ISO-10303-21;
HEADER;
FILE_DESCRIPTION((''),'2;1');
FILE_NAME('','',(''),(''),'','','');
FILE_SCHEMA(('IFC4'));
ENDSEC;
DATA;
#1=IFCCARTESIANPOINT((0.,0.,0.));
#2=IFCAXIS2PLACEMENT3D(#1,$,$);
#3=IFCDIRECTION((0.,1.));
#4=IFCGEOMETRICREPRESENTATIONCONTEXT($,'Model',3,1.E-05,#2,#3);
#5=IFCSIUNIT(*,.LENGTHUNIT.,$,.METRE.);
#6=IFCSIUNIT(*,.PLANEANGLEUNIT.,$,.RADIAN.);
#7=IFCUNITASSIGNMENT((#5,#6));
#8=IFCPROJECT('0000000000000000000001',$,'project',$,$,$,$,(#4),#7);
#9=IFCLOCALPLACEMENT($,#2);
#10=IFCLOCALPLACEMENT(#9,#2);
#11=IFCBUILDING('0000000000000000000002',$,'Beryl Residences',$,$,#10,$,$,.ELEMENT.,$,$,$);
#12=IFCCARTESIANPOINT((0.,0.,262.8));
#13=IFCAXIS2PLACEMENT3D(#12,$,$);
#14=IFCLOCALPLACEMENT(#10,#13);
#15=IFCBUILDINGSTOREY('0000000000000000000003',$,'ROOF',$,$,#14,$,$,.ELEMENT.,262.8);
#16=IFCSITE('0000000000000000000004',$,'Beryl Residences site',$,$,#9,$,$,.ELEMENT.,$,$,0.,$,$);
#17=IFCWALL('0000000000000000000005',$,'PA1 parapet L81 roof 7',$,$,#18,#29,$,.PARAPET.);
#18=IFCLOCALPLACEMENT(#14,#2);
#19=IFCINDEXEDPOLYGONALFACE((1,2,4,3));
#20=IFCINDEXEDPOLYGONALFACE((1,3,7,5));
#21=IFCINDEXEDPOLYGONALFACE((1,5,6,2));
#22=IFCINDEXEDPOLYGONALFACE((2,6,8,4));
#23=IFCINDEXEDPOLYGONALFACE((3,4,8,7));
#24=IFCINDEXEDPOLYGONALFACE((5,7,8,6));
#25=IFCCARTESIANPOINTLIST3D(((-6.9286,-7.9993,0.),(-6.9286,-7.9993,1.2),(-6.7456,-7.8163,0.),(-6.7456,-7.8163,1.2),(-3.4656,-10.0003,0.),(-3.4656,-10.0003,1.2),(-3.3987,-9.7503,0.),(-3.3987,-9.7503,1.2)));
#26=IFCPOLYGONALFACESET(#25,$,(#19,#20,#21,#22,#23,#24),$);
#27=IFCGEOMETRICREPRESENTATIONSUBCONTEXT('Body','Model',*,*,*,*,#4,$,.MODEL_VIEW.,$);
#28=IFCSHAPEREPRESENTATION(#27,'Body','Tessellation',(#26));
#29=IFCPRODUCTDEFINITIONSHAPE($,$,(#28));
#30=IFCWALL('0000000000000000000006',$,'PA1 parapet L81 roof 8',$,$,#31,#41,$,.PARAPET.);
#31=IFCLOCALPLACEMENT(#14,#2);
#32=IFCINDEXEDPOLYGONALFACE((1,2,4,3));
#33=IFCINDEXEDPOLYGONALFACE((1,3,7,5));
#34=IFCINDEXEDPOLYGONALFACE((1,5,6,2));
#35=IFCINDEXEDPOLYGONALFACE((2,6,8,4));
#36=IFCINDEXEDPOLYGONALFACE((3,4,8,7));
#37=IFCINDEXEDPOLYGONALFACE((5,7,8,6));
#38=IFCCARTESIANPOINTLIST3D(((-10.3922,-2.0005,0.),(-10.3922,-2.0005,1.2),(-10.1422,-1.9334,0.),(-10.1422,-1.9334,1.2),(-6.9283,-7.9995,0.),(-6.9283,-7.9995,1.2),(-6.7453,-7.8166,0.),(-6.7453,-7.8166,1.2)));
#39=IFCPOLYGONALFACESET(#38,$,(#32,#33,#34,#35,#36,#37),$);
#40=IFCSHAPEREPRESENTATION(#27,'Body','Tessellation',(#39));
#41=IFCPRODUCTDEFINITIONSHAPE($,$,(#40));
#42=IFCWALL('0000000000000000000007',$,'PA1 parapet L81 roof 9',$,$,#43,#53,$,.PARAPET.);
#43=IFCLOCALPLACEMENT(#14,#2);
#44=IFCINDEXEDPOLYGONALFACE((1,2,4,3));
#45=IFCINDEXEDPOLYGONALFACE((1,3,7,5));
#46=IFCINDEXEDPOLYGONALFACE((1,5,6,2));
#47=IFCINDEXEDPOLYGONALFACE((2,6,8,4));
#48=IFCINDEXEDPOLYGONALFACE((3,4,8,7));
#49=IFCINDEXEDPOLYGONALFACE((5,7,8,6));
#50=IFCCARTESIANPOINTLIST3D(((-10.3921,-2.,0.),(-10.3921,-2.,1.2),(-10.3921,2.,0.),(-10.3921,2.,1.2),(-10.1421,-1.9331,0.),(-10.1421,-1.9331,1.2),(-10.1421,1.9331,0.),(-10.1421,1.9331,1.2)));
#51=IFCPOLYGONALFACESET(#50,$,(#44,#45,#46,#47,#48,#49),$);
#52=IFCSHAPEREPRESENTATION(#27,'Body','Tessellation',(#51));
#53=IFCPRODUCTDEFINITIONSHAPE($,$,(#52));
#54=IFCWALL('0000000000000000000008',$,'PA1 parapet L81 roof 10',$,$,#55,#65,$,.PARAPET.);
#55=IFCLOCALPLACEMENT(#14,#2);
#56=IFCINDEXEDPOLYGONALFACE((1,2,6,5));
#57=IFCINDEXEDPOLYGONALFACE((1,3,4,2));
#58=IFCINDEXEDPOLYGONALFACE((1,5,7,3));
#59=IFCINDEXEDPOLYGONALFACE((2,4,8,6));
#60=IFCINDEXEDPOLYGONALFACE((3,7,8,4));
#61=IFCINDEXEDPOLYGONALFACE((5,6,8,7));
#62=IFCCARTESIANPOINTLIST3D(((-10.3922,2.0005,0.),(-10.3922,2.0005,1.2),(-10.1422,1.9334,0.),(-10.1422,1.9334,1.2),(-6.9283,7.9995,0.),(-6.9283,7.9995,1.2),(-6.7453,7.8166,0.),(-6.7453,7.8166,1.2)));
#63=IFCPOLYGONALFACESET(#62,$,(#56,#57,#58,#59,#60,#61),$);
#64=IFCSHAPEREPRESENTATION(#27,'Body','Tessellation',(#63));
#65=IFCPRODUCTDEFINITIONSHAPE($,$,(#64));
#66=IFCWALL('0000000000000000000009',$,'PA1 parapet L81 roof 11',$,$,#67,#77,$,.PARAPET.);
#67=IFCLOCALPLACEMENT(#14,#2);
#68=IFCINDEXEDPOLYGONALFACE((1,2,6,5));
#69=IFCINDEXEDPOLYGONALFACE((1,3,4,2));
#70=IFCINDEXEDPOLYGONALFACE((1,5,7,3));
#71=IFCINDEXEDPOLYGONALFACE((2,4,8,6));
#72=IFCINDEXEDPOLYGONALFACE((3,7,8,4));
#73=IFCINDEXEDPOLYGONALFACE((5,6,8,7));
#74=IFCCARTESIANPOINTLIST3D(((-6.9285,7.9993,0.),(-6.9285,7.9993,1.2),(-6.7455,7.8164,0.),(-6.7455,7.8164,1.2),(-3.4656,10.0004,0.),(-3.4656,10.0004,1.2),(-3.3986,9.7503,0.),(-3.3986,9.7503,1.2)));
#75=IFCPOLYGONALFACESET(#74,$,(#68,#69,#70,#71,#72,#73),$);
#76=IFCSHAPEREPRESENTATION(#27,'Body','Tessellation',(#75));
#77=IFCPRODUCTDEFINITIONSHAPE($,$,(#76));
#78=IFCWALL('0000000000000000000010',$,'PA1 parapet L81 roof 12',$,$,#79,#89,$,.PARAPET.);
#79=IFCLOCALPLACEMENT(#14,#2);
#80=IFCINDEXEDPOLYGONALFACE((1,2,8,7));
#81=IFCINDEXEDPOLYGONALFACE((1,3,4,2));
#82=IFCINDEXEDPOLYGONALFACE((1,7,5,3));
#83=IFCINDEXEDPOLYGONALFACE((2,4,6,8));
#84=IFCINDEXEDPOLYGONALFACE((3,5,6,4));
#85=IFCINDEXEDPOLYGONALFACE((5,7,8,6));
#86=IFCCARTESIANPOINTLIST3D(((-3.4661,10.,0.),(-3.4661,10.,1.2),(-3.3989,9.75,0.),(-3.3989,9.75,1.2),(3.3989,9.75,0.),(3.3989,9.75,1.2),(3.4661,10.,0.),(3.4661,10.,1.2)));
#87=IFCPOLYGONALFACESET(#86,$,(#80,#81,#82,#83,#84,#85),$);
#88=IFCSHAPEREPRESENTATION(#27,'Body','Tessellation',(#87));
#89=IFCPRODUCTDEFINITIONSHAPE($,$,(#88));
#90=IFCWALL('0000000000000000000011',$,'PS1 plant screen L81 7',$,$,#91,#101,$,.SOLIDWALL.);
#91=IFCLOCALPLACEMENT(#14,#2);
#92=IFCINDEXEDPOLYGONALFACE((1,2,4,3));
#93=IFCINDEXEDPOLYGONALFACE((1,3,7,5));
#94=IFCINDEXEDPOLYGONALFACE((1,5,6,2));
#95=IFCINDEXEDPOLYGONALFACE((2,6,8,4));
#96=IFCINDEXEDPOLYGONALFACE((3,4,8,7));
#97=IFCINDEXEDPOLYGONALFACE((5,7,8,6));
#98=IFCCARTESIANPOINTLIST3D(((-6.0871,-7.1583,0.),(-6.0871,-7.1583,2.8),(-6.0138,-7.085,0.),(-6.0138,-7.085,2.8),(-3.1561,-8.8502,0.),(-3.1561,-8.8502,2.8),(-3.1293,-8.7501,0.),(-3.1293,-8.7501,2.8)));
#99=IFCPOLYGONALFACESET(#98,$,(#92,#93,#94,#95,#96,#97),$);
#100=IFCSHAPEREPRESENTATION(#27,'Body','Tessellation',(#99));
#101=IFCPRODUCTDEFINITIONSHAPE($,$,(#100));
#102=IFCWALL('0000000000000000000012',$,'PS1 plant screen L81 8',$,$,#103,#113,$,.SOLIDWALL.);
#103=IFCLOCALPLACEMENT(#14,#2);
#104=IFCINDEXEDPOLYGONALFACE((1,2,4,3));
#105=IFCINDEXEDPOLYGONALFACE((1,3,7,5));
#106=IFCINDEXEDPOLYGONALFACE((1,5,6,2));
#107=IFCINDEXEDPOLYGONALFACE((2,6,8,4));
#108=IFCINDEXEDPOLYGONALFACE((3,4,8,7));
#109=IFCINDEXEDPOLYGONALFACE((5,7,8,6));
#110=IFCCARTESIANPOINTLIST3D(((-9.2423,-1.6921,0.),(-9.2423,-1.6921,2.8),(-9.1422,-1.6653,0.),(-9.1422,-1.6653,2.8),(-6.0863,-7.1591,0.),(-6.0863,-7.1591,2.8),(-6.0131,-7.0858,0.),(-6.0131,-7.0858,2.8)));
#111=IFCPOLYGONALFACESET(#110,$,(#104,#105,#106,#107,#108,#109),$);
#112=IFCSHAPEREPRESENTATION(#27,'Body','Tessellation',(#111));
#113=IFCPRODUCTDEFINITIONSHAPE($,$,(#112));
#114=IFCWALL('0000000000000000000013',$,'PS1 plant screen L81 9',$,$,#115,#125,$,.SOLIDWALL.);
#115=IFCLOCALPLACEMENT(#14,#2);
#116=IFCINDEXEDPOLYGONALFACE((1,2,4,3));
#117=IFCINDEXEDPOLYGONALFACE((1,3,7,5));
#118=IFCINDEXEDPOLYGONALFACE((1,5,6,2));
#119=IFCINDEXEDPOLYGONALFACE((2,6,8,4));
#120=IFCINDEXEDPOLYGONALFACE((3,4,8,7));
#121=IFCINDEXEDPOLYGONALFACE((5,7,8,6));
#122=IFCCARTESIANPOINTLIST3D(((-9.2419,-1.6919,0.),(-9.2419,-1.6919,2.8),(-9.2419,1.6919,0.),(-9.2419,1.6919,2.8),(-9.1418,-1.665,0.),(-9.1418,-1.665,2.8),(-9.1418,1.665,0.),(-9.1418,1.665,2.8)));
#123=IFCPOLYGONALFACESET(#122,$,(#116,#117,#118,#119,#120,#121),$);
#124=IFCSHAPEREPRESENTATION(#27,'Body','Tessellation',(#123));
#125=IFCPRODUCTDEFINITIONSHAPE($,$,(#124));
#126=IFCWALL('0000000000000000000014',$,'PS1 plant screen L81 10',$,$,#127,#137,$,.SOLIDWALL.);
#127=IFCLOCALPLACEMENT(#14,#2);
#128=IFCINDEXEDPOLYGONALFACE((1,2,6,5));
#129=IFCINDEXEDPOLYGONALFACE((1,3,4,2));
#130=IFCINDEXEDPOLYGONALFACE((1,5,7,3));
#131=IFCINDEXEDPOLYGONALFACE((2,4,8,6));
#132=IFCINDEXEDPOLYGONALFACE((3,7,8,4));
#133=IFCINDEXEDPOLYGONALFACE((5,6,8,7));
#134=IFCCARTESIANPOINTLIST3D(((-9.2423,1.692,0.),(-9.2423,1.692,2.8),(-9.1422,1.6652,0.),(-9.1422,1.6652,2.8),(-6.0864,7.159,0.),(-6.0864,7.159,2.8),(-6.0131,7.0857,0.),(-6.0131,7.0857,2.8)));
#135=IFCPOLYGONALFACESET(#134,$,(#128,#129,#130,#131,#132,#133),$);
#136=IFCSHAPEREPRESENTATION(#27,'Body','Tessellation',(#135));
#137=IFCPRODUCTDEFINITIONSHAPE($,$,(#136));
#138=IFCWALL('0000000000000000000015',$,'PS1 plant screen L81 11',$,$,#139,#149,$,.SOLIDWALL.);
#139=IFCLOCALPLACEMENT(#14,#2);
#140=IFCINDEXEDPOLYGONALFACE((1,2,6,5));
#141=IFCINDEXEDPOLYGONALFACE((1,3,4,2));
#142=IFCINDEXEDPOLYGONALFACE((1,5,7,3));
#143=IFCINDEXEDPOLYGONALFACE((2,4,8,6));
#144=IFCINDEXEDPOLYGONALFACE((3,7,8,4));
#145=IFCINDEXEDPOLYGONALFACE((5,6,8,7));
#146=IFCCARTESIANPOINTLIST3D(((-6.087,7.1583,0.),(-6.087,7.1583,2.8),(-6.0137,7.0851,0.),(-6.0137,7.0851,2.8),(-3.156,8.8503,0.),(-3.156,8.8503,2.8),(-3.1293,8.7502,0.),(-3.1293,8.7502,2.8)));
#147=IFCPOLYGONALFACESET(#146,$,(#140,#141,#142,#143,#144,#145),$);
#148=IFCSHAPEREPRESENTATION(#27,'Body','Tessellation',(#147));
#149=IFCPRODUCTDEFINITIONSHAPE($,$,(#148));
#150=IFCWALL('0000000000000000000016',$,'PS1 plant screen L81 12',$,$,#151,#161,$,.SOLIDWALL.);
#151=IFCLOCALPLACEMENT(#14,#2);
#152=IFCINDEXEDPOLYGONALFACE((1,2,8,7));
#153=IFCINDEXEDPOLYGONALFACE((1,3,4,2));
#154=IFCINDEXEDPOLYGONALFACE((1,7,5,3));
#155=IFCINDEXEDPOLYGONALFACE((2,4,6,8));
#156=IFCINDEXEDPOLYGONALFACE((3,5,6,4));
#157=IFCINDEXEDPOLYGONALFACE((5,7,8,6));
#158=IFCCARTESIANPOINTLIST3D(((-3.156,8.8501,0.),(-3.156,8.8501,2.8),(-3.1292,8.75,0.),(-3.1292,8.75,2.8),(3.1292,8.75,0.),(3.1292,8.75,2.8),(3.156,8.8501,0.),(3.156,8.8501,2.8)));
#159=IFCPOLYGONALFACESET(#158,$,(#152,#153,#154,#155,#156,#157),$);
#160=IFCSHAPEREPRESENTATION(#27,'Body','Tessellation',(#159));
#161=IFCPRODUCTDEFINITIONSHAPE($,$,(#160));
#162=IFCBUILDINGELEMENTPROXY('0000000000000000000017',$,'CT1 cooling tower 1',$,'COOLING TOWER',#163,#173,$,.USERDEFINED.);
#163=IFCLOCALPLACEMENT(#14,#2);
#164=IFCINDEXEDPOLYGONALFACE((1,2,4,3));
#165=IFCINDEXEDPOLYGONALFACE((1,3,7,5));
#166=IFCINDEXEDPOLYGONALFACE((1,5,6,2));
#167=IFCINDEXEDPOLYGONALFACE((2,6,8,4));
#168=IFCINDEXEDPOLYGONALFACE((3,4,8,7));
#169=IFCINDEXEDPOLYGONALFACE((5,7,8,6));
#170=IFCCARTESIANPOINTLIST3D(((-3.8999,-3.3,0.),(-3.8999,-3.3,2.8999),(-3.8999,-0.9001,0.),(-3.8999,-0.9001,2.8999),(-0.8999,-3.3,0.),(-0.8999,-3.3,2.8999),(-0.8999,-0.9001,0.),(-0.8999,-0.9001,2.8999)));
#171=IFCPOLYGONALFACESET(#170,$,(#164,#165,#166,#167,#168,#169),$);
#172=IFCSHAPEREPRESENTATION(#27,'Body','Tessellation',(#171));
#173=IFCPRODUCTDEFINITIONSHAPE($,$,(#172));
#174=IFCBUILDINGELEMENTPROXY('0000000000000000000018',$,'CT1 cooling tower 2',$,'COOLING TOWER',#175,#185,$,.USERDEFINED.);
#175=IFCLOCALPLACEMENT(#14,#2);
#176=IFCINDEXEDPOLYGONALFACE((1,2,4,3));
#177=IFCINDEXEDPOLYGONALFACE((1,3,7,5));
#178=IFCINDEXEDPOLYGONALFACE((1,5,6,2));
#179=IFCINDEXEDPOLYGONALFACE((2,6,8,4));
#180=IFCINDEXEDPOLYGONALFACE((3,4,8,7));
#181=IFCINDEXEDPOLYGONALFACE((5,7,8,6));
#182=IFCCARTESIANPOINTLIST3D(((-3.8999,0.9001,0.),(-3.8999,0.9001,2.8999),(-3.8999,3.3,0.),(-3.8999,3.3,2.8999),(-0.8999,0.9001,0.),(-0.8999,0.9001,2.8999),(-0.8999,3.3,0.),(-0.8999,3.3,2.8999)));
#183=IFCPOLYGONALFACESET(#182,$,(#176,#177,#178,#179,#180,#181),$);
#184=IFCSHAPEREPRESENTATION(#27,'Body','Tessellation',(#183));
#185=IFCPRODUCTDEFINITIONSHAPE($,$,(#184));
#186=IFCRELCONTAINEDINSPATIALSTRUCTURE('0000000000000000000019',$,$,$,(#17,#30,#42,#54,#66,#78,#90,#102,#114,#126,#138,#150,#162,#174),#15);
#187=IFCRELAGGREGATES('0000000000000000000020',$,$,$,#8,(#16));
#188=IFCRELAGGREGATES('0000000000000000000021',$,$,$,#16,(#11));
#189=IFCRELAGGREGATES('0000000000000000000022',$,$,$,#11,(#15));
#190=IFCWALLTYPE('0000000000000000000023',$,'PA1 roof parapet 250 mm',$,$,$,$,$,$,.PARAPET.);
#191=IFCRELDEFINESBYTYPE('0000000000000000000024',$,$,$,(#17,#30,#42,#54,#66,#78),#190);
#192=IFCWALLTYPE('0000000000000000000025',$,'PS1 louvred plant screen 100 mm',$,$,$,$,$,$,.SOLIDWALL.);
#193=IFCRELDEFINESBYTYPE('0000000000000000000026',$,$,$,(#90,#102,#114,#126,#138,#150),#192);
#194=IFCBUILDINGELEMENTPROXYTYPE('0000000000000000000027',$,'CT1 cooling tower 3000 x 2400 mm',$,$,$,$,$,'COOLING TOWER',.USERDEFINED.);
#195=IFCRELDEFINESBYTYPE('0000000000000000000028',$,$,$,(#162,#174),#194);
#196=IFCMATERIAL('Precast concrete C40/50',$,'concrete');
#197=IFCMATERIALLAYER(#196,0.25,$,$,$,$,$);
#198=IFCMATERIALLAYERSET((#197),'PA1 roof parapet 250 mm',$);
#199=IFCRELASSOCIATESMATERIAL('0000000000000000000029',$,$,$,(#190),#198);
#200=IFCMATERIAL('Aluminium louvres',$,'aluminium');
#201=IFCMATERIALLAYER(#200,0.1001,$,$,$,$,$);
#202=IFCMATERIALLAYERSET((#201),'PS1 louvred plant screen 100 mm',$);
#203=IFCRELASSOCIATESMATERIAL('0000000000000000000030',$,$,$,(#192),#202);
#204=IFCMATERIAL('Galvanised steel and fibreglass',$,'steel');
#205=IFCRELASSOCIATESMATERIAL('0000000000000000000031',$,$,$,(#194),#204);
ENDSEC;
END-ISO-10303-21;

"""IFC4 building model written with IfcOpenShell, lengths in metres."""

from ifc_helpers import new_model, si_unit, direction, frame, origin, origin_2d, place, context, subcontext, project, spatial, polyline, rectangle, outline, extrude, material, layer, layer_set, type_object, element, save


model = new_model("IFC4")

# Units and contexts
model_context = context("Model", 3, precision=1e-05, world=origin(), true_north=direction((0.0, 1.0)))
body_context = subcontext(model_context, "Body", "Model", "MODEL_VIEW")
ifc_project = project(units=[si_unit("LENGTHUNIT", "METRE"), si_unit("PLANEANGLEUNIT", "RADIAN")], contexts=[model_context])

# Site, building, storey
site_placement = place(None, origin())
site = spatial("IfcSite", under=ifc_project, at=site_placement, Name="Beryl Residences site", CompositionType="ELEMENT", RefElevation=0.0)
building_placement = place(site_placement, origin())
building = spatial("IfcBuilding", under=site, at=building_placement, Name="Beryl Residences", CompositionType="ELEMENT")
storey_placement = place(building_placement, frame((0.0, 0.0, 262.8)))
storey = spatial("IfcBuildingStorey", under=building, at=storey_placement, Name="ROOF", CompositionType="ELEMENT", Elevation=262.8)

# Walls
ifc_material_1 = material(Name="Precast concrete C40/50", Category="concrete")
ifc_layer_1 = layer(ifc_material_1, 0.25)
ifc_layer_set_1 = layer_set([ifc_layer_1], Name="PA1 roof parapet 250 mm")
wall_type_1 = type_object("IfcWallType", Name="PA1 roof parapet 250 mm", PredefinedType="PARAPET", material=ifc_layer_set_1)
wall_1_placement = place(storey_placement, frame((-3.4031, -9.8921, 0.0), z_axis=(0.0, 0.0, 1.0), x_axis=(-0.865844, 0.500314, 0.0)))
element("IfcWall", 1, at=wall_1_placement, inside=storey, type_object=wall_type_1, Name="PA1 parapet L81 roof 7", PredefinedType="PARAPET", context=body_context, shape_type="SweptSolid", body=[
    extrude(outline(polyline([(0.0671, -0.125), (3.9326, -0.125), (3.9995, 0.125), (0.0, 0.125), (0.0671, -0.125)])), origin(), (0.0, 0.0, 1.0), 1.2),
])
wall_2_placement = place(storey_placement, frame((-6.8201, -7.937, 0.0), z_axis=(0.0, 0.0, 1.0), x_axis=(-0.500036, 0.866005, 0.0)))
element("IfcWall", 2, at=wall_2_placement, inside=storey, type_object=wall_type_1, Name="PA1 parapet L81 roof 8", PredefinedType="PARAPET", context=body_context, shape_type="SweptSolid", body=[
    extrude(outline(polyline([(0.0669, -0.125), (6.8604, -0.125), (6.9272, 0.125), (0.0, 0.125), (0.0669, -0.125)])), origin(), (0.0, 0.0, 1.0), 1.2),
])
wall_3_placement = place(storey_placement, frame((-10.2671, -2.0, 0.0), z_axis=(0.0, 0.0, 1.0), x_axis=(0.0, 1.0, 0.0)))
element("IfcWall", 3, at=wall_3_placement, inside=storey, type_object=wall_type_1, Name="PA1 parapet L81 roof 9", PredefinedType="PARAPET", context=body_context, shape_type="SweptSolid", body=[
    extrude(outline(polyline([(0.0669, -0.125), (3.9331, -0.125), (4.0, 0.125), (0.0, 0.125), (0.0669, -0.125)])), origin(), (0.0, 0.0, 1.0), 1.2),
])
wall_4_placement = place(storey_placement, frame((-10.2839, 1.938, 0.0), z_axis=(0.0, 0.0, 1.0), x_axis=(0.500036, 0.866005, 0.0)))
element("IfcWall", 4, at=wall_4_placement, inside=storey, type_object=wall_type_1, Name="PA1 parapet L81 roof 10", PredefinedType="PARAPET", context=body_context, shape_type="SweptSolid", body=[
    extrude(outline(polyline([(0.0669, -0.125), (6.8604, -0.125), (6.9272, 0.125), (0.0, 0.125), (0.0669, -0.125)])), origin(), (0.0, 0.0, 1.0), 1.2),
])
wall_5_placement = place(storey_placement, frame((-6.866, 7.8911, 0.0), z_axis=(0.0, 0.0, 1.0), x_axis=(0.865844, 0.500314, 0.0)))
element("IfcWall", 5, at=wall_5_placement, inside=storey, type_object=wall_type_1, Name="PA1 parapet L81 roof 11", PredefinedType="PARAPET", context=body_context, shape_type="SweptSolid", body=[
    extrude(outline(polyline([(0.0669, -0.125), (3.9324, -0.125), (3.9995, 0.125), (0.0, 0.125), (0.0669, -0.125)])), origin(), (0.0, 0.0, 1.0), 1.2),
])
wall_6_placement = place(storey_placement, frame((-3.4661, 9.875, 0.0), z_axis=(0.0, 0.0, 1.0), x_axis=(1.0, 0.0, 0.0)))
element("IfcWall", 6, at=wall_6_placement, inside=storey, type_object=wall_type_1, Name="PA1 parapet L81 roof 12", PredefinedType="PARAPET", context=body_context, shape_type="SweptSolid", body=[
    extrude(outline(polyline([(0.0671, -0.125), (6.865, -0.125), (6.9321, 0.125), (0.0, 0.125), (0.0671, -0.125)])), origin(), (0.0, 0.0, 1.0), 1.2),
])
ifc_material_2 = material(Name="Aluminium louvres", Category="aluminium")
ifc_layer_2 = layer(ifc_material_2, 0.1001)
ifc_layer_set_2 = layer_set([ifc_layer_2], Name="PS1 louvred plant screen 100 mm")
wall_type_2 = type_object("IfcWallType", Name="PS1 louvred plant screen 100 mm", PredefinedType="SOLIDWALL", material=ifc_layer_set_2)
wall_7_placement = place(storey_placement, frame((-3.1311, -8.8069, 0.0), z_axis=(0.0, 0.0, 1.0), x_axis=(-0.866059, 0.499941, 0.0)))
element("IfcWall", 7, at=wall_7_placement, inside=storey, type_object=wall_type_2, Name="PS1 plant screen L81 7", PredefinedType="SOLIDWALL", context=body_context, shape_type="SweptSolid", body=[
    extrude(outline(polyline([(0.0269, -0.05), (3.3574, -0.05), (3.3843, 0.05), (0.0, 0.05), (0.0269, -0.05)])), origin(), (0.0, 0.0, 1.0), 2.8),
])
wall_8_placement = place(storey_placement, frame((-6.043, -7.134, 0.0), z_axis=(0.0, 0.0, 1.0), x_axis=(-0.499953, 0.866052, 0.0)))
element("IfcWall", 8, at=wall_8_placement, inside=storey, type_object=wall_type_2, Name="PS1 plant screen L81 8", PredefinedType="SOLIDWALL", context=body_context, shape_type="SweptSolid", body=[
    extrude(outline(polyline([(0.0269, -0.05), (6.2856, -0.05), (6.3125, 0.05), (0.0, 0.05), (0.0269, -0.05)])), origin(), (0.0, 0.0, 1.0), 2.8),
])
wall_9_placement = place(storey_placement, frame((-9.1919, -1.6919, 0.0), z_axis=(0.0, 0.0, 1.0), x_axis=(0.0, 1.0, 0.0)))
element("IfcWall", 9, at=wall_9_placement, inside=storey, type_object=wall_type_2, Name="PS1 plant screen L81 9", PredefinedType="SOLIDWALL", context=body_context, shape_type="SweptSolid", body=[
    extrude(outline(polyline([(0.0269, -0.05), (3.3569, -0.05), (3.3838, 0.05), (0.0, 0.05), (0.0269, -0.05)])), origin(), (0.0, 0.0, 1.0), 2.8),
])
wall_10_placement = place(storey_placement, frame((-9.199, 1.667, 0.0), z_axis=(0.0, 0.0, 1.0), x_axis=(0.499953, 0.866052, 0.0)))
element("IfcWall", 10, at=wall_10_placement, inside=storey, type_object=wall_type_2, Name="PS1 plant screen L81 10", PredefinedType="SOLIDWALL", context=body_context, shape_type="SweptSolid", body=[
    extrude(outline(polyline([(0.0269, -0.05), (6.2856, -0.05), (6.3125, 0.05), (0.0, 0.05), (0.0269, -0.05)])), origin(), (0.0, 0.0, 1.0), 2.8),
])
wall_11_placement = place(storey_placement, frame((-6.062, 7.115, 0.0), z_axis=(0.0, 0.0, 1.0), x_axis=(0.866059, 0.499941, 0.0)))
element("IfcWall", 11, at=wall_11_placement, inside=storey, type_object=wall_type_2, Name="PS1 plant screen L81 11", PredefinedType="SOLIDWALL", context=body_context, shape_type="SweptSolid", body=[
    extrude(outline(polyline([(0.0269, -0.05), (3.3574, -0.05), (3.3843, 0.05), (0.0, 0.05), (0.0269, -0.05)])), origin(), (0.0, 0.0, 1.0), 2.8),
])
wall_12_placement = place(storey_placement, frame((-3.156, 8.8, 0.0), z_axis=(0.0, 0.0, 1.0), x_axis=(1.0, 0.0, 0.0)))
element("IfcWall", 12, at=wall_12_placement, inside=storey, type_object=wall_type_2, Name="PS1 plant screen L81 12", PredefinedType="SOLIDWALL", context=body_context, shape_type="SweptSolid", body=[
    extrude(outline(polyline([(0.0269, -0.05), (6.2852, -0.05), (6.312, 0.05), (0.0, 0.05), (0.0269, -0.05)])), origin(), (0.0, 0.0, 1.0), 2.8),
])

# Building element proxies
ifc_material_3 = material(Name="Galvanised steel and fibreglass", Category="steel")
building_element_proxy_type = type_object("IfcBuildingElementProxyType", Name="CT1 cooling tower 3000 x 2400 mm", ElementType="COOLING TOWER", PredefinedType="USERDEFINED", material=ifc_material_3)
for number, where, z_axis, x_axis, name in (
    (13, (-2.3999, -2.1001, 0.0), (0.0, 0.0, 1.0), (1.0, 0.0, 0.0), "CT1 cooling tower 1"),
    (14, (-2.3999, 2.1001, 0.0), (0.0, 0.0, 1.0), (1.0, 0.0, 0.0), "CT1 cooling tower 2"),
):
    element("IfcBuildingElementProxy", number, at=place(storey_placement, frame(where, z_axis=z_axis, x_axis=x_axis)), inside=storey, type_object=building_element_proxy_type, Name=name, ObjectType="COOLING TOWER", PredefinedType="USERDEFINED", context=body_context, shape_type="SweptSolid", body=[
        extrude(rectangle(XDim=3.0, YDim=2.3999, at=origin_2d()), origin(), (0.0, 0.0, 1.0), 2.8999),
    ])

save(model, "model.ifc")
